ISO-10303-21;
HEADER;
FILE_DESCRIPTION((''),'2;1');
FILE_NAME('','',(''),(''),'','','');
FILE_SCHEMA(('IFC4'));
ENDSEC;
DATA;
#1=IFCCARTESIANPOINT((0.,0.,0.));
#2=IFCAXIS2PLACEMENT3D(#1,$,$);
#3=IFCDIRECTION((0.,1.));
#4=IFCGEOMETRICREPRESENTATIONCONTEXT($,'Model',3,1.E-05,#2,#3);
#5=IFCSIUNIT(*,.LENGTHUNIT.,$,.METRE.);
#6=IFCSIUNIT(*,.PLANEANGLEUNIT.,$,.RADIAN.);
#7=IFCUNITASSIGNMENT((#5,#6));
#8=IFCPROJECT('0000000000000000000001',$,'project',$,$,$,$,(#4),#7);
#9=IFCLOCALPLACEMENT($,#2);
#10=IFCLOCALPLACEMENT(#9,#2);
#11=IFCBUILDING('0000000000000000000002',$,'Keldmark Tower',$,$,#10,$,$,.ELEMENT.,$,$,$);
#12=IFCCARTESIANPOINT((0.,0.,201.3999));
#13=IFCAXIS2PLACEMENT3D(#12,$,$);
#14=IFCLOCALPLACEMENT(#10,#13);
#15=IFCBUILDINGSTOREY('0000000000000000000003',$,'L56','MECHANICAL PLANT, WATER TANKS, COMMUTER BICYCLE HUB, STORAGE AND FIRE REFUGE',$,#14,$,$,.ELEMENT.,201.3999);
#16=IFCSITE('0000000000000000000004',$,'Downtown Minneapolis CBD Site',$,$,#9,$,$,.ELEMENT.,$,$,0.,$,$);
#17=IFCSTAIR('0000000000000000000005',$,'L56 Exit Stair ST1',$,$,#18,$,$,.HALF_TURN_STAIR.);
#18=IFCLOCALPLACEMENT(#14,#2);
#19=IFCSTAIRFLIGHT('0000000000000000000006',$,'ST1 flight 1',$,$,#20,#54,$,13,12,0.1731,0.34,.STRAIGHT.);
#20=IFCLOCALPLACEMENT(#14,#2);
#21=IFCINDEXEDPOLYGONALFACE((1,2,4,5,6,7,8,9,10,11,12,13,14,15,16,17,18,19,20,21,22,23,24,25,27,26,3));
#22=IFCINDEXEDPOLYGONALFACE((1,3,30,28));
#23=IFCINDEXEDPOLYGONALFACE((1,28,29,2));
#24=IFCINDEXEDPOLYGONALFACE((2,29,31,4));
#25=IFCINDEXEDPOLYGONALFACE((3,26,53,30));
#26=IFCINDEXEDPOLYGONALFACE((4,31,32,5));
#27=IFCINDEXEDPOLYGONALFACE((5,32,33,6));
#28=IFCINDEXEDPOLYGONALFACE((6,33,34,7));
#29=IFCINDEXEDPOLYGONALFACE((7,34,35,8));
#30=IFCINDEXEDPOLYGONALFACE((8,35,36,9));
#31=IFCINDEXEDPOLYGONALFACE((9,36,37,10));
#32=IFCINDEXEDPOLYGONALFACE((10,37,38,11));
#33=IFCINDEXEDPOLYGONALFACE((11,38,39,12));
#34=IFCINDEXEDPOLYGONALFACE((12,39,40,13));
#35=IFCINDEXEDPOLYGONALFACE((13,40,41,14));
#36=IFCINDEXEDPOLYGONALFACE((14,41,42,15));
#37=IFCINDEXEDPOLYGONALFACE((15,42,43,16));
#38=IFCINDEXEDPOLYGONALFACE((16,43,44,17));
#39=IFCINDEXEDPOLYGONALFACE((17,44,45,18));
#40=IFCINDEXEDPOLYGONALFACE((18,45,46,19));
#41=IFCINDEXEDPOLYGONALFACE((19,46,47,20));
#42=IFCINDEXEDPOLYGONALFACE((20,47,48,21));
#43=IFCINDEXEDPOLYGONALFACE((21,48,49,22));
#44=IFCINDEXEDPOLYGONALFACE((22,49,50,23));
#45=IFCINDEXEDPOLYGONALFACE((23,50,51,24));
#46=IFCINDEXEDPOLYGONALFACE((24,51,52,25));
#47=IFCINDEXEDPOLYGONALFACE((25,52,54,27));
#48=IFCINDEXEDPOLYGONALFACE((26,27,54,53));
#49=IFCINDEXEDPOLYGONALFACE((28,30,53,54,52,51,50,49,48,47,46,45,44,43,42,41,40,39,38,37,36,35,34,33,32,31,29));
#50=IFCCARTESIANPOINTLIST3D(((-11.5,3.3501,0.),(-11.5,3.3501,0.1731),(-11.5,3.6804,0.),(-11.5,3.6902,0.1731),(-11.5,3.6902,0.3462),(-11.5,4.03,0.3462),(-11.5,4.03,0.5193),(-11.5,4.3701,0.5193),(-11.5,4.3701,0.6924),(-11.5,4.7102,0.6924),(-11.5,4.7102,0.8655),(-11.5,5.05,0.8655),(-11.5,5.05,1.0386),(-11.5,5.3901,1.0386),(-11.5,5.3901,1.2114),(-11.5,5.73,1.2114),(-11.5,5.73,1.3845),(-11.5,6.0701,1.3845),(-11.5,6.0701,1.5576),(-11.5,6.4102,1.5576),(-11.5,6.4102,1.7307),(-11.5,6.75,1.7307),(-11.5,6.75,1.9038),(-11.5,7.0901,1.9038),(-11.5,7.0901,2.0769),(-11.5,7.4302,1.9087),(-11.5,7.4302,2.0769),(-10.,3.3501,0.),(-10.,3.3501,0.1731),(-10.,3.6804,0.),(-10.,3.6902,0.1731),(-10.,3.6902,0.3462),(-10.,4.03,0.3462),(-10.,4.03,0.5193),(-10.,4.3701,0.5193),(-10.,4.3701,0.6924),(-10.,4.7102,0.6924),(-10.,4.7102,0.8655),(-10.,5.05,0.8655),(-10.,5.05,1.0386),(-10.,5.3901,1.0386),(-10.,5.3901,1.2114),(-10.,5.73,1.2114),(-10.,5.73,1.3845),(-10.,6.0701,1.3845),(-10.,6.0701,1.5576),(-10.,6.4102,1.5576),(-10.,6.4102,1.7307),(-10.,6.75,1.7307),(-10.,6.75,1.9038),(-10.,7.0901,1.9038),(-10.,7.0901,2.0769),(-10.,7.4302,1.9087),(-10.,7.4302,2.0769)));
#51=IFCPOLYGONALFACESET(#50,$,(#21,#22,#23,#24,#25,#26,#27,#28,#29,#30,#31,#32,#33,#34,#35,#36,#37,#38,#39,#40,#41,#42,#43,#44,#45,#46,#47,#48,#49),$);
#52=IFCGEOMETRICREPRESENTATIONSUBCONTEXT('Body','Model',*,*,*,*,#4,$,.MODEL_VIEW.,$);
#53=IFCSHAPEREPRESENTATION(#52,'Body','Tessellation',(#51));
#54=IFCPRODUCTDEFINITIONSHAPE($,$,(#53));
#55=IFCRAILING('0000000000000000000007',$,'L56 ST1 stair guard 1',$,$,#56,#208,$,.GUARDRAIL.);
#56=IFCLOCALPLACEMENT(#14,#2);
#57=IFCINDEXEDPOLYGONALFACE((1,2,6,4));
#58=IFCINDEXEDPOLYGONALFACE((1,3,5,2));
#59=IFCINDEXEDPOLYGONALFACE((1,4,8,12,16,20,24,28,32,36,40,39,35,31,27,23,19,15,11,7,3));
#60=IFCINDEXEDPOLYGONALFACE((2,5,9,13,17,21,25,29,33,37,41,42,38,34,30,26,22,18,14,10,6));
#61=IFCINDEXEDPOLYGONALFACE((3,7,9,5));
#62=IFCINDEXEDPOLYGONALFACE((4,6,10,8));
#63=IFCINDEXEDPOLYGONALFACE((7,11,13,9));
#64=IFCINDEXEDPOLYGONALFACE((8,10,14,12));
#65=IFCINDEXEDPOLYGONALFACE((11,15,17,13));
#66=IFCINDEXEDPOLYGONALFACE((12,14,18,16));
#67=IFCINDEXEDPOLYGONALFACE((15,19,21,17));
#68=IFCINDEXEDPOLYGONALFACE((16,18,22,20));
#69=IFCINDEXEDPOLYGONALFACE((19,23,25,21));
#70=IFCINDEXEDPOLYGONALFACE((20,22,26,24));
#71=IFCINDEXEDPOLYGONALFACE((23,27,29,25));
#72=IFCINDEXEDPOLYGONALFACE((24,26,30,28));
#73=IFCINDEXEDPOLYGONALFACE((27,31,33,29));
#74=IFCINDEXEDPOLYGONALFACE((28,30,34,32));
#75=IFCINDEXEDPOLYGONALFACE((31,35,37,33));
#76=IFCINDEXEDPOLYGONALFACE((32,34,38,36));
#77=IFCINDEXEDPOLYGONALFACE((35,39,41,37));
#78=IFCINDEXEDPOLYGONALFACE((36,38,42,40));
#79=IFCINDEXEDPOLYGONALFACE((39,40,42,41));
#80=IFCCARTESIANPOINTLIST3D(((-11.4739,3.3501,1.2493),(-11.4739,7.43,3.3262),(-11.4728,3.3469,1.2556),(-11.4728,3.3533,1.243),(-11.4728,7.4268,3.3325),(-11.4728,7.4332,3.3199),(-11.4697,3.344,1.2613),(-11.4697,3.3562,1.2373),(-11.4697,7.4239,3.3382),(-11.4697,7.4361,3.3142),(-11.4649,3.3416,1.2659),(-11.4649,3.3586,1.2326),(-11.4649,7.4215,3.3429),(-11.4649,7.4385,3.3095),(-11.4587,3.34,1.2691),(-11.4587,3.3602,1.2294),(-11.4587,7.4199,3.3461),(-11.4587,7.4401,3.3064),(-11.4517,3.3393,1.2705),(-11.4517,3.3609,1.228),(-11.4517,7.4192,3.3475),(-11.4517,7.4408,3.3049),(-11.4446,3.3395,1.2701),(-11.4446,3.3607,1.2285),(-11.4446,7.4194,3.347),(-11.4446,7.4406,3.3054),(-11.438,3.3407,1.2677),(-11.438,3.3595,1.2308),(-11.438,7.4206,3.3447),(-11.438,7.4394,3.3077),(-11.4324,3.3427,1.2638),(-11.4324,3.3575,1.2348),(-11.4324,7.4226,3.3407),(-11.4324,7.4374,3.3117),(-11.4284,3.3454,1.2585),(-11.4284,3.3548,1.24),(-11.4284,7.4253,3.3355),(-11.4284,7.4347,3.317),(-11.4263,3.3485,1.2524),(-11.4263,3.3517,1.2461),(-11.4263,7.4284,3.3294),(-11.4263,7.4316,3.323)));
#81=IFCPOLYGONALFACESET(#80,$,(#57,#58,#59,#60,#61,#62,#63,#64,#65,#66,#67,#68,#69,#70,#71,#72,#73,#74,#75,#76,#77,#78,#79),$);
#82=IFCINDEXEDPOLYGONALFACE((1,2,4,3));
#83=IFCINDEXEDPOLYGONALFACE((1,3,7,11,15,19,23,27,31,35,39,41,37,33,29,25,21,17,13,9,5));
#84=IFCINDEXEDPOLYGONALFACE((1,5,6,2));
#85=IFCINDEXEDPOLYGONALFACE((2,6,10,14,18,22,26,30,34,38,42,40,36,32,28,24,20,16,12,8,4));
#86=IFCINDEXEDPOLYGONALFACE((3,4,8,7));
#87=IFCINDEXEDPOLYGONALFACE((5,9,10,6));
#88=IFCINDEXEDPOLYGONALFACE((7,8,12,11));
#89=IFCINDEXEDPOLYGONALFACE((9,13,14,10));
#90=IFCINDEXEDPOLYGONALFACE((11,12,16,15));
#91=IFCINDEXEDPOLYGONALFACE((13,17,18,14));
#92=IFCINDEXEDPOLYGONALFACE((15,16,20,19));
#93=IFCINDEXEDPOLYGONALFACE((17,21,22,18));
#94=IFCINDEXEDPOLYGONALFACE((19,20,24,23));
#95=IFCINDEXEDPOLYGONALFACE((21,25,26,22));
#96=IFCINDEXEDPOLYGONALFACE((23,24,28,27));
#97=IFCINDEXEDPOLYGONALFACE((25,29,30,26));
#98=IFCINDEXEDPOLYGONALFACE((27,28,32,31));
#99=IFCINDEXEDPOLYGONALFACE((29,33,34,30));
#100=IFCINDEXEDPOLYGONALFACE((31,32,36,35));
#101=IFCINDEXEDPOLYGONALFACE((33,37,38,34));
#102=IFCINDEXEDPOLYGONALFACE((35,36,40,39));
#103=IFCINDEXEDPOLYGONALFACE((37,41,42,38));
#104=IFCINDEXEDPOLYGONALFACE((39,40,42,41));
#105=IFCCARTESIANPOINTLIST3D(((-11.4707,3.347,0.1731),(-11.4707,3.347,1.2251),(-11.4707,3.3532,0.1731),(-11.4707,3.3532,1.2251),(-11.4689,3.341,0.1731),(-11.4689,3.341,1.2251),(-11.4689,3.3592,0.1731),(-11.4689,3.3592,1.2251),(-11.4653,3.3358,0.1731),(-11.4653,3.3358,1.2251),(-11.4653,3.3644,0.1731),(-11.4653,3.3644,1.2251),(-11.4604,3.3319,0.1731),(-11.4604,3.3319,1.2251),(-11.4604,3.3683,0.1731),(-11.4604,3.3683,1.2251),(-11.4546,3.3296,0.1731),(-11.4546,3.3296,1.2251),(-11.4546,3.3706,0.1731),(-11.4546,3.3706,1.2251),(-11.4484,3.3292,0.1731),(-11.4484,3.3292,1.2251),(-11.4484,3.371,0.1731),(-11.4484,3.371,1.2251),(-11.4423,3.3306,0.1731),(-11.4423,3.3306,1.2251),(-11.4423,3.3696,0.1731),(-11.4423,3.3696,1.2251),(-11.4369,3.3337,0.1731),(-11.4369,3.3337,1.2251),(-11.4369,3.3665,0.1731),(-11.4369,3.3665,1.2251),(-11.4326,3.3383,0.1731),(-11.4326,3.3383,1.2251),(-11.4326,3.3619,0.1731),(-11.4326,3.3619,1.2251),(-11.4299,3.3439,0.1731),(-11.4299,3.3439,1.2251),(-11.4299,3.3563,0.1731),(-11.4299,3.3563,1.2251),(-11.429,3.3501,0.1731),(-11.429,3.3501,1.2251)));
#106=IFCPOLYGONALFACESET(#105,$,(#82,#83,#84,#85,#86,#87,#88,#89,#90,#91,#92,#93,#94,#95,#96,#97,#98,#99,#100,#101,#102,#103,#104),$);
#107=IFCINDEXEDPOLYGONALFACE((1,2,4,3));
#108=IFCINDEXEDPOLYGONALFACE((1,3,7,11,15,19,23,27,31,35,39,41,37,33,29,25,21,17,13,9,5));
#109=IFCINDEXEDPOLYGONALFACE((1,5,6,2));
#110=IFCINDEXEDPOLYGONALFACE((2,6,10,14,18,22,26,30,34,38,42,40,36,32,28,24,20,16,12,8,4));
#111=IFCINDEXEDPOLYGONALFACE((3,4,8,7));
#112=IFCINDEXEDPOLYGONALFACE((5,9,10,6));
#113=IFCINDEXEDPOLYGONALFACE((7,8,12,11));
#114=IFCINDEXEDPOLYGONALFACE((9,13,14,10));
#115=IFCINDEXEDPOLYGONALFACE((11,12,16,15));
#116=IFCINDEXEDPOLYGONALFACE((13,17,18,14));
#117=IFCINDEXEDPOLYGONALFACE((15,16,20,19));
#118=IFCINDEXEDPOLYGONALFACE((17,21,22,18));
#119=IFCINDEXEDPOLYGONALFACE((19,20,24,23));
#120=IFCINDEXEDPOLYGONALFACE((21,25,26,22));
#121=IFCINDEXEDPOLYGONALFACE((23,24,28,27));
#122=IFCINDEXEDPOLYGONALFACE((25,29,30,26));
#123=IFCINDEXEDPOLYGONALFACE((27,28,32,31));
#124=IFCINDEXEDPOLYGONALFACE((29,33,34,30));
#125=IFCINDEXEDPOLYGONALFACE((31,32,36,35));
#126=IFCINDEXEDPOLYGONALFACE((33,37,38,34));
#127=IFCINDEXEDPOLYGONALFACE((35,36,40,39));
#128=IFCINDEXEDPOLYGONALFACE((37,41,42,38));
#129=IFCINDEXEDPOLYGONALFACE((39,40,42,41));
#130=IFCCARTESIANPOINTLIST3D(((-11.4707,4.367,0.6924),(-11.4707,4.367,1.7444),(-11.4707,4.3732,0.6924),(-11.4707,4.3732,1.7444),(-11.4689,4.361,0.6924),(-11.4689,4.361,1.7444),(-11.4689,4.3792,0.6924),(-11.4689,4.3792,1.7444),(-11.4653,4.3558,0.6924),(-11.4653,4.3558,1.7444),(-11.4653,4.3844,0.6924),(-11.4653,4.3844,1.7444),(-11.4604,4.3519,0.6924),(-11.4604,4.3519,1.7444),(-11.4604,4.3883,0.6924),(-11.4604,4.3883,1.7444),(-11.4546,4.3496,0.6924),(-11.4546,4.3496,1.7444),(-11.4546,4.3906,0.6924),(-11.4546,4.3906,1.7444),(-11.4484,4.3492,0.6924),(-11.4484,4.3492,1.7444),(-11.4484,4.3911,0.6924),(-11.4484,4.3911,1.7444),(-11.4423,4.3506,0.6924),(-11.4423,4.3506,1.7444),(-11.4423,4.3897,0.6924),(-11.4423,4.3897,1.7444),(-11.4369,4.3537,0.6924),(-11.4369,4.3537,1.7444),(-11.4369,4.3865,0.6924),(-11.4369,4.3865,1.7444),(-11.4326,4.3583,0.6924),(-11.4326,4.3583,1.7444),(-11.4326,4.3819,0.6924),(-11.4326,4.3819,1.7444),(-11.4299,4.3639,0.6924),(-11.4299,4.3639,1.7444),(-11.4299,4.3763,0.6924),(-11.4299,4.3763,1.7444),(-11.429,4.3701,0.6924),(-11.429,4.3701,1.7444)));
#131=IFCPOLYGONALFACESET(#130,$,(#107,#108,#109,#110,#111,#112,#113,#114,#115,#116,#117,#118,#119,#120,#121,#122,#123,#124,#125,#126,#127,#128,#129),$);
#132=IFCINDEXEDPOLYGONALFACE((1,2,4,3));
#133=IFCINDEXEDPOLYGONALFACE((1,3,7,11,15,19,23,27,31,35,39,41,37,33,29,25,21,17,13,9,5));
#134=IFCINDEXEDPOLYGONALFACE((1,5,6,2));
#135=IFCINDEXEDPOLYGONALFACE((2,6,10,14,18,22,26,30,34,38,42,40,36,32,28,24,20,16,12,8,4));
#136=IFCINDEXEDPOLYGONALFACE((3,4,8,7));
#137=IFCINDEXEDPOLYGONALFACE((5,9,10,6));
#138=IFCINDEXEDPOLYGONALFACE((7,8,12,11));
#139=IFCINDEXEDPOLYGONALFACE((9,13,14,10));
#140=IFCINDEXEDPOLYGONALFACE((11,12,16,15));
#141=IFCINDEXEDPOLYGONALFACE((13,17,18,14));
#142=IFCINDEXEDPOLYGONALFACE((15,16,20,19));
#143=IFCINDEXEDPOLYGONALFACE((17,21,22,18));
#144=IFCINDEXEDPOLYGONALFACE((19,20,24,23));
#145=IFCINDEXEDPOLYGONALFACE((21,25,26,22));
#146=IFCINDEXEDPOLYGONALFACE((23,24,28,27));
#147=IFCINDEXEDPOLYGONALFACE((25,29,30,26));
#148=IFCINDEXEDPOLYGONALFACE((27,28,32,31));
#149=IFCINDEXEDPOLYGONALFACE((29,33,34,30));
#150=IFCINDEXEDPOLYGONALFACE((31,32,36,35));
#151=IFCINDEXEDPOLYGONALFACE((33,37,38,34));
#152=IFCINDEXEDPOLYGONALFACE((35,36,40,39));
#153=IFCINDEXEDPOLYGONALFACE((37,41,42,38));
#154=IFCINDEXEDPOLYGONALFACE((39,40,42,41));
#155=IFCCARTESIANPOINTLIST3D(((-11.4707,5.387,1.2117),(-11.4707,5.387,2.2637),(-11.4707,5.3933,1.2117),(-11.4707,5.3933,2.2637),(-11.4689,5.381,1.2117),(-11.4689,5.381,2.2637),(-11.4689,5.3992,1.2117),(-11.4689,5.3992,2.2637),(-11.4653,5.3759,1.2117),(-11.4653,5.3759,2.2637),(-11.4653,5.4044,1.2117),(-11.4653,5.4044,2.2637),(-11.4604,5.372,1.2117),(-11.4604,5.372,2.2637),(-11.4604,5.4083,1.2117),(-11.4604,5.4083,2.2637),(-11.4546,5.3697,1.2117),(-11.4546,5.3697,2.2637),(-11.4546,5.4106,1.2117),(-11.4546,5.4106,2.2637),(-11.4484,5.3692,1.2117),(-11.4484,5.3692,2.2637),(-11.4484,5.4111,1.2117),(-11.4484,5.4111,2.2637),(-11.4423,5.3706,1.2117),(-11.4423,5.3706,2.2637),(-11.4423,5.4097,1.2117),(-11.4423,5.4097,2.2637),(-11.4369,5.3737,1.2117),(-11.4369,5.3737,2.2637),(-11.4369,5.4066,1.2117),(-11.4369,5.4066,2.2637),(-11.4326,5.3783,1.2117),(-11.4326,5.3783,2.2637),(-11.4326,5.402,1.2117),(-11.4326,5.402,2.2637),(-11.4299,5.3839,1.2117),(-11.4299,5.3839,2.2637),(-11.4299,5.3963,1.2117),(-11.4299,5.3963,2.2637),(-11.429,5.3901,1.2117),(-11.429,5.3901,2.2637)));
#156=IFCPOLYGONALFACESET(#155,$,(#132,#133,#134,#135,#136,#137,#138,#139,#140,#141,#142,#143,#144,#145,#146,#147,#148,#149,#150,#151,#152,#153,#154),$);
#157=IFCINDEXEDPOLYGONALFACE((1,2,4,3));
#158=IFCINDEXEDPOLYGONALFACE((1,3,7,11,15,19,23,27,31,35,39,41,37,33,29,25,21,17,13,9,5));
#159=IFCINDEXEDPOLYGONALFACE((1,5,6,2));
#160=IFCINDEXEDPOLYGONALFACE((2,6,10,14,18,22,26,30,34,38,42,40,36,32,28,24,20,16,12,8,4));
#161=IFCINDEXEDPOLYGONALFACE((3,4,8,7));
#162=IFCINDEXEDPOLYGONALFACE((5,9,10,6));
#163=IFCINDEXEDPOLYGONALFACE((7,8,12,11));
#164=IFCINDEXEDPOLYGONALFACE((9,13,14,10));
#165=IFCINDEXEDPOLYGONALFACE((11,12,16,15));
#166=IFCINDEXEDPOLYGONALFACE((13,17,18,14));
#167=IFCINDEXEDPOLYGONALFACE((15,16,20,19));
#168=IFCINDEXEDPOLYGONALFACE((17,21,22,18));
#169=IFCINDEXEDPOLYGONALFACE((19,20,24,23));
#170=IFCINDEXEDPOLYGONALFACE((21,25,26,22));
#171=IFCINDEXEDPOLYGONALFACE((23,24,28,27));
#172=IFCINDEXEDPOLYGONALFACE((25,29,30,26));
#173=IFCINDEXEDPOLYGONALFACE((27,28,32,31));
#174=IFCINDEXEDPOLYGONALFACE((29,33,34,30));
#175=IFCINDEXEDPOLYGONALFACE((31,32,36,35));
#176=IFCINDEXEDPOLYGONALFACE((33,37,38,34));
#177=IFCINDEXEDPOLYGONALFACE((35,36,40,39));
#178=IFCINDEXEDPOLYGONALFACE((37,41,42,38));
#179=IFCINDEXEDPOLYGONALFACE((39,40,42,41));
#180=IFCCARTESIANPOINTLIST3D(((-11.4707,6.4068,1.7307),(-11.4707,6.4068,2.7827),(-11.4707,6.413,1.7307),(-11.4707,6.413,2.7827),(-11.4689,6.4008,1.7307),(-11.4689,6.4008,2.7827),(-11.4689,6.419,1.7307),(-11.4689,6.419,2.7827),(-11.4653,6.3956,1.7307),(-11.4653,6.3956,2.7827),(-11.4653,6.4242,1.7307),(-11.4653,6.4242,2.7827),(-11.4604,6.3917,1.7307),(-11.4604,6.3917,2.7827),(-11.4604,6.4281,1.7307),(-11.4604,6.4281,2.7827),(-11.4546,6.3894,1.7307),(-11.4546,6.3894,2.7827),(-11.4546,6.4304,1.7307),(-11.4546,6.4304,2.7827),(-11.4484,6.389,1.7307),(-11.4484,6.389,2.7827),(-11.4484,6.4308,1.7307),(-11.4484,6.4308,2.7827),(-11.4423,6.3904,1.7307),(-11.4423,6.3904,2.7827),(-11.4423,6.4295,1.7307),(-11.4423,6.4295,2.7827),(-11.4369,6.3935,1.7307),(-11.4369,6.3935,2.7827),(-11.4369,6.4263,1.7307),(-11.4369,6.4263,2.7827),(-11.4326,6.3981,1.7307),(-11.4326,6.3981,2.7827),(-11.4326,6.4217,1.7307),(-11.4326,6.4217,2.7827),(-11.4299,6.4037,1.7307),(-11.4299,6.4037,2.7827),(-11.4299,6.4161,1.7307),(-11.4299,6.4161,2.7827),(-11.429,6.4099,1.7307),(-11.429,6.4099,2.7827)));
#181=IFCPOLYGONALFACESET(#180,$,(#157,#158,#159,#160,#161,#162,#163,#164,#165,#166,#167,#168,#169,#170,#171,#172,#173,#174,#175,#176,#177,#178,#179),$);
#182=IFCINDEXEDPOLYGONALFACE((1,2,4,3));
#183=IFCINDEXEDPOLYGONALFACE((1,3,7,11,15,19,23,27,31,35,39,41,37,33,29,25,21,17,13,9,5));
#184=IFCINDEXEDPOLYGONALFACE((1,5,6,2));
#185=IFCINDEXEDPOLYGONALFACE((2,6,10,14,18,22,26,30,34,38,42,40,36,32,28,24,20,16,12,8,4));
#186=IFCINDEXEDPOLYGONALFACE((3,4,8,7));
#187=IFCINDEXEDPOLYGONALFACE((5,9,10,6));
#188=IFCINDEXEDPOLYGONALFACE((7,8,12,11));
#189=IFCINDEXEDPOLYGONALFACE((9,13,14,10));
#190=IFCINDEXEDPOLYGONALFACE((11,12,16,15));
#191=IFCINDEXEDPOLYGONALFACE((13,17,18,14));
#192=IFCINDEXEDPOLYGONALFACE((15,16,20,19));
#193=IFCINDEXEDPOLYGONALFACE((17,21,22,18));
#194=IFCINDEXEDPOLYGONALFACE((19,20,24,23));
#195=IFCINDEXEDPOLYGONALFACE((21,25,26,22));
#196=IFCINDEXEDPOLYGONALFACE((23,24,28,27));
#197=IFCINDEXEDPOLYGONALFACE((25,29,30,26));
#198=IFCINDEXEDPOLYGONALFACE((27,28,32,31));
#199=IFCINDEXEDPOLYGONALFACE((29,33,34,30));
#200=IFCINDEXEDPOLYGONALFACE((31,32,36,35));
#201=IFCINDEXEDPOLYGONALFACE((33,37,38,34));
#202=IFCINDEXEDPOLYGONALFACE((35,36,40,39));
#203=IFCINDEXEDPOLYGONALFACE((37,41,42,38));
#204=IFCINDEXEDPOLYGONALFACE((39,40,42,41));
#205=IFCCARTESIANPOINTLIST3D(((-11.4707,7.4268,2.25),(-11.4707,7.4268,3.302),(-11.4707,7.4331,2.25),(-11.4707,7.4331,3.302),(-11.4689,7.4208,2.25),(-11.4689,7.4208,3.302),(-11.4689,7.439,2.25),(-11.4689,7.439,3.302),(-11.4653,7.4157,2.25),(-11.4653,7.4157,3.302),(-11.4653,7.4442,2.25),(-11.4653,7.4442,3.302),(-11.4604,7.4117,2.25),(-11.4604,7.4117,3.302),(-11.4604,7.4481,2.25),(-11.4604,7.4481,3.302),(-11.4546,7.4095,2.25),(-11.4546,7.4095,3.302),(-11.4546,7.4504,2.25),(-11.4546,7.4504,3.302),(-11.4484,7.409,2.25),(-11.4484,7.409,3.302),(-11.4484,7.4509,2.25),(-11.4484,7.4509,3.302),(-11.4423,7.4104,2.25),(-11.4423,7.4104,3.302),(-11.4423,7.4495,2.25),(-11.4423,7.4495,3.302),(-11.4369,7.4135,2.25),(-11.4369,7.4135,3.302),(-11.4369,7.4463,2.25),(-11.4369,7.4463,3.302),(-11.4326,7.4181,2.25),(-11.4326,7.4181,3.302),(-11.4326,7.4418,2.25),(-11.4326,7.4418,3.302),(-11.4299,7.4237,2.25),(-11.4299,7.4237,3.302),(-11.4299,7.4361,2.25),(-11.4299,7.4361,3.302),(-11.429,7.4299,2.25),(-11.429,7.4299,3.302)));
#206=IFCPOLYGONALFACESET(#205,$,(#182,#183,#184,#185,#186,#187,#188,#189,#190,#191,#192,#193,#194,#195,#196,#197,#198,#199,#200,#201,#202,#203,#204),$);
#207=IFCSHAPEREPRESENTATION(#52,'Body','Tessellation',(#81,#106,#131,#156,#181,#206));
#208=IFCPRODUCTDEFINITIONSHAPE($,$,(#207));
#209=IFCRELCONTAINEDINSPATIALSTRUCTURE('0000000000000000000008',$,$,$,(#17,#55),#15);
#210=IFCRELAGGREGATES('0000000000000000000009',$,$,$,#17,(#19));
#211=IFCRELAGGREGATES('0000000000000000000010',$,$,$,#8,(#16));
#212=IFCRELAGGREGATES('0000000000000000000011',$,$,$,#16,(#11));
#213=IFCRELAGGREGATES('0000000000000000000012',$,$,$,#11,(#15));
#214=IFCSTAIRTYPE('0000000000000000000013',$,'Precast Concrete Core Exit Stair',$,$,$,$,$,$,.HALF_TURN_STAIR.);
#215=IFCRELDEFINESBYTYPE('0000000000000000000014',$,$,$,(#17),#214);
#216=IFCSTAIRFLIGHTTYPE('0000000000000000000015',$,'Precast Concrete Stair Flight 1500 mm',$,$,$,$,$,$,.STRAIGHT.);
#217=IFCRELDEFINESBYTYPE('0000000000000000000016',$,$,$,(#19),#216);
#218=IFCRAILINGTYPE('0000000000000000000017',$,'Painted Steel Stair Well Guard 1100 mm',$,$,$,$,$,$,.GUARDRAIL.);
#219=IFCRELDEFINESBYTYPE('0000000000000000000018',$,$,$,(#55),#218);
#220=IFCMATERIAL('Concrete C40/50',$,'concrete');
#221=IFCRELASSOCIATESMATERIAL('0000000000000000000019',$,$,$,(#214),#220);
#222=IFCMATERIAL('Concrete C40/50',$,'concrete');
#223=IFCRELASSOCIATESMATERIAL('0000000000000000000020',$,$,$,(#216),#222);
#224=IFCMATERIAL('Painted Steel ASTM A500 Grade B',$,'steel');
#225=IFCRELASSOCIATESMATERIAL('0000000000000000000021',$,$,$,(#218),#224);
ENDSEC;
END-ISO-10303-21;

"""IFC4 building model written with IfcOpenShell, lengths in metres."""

from ifc_helpers import new_model, si_unit, direction, frame, origin, origin_2d, place, context, subcontext, project, spatial, polyline, circle, outline, extrude, material, type_object, element, aggregate, save


model = new_model("IFC4")

# Units and contexts
model_context = context("Model", 3, precision=1e-05, world=origin(), true_north=direction((0.0, 1.0)))
body_context = subcontext(model_context, "Body", "Model", "MODEL_VIEW")
ifc_project = project(units=[si_unit("LENGTHUNIT", "METRE"), si_unit("PLANEANGLEUNIT", "RADIAN")], contexts=[model_context])

# Site, building, storey
site_placement = place(None, origin())
site = spatial("IfcSite", under=ifc_project, at=site_placement, Name="Downtown Minneapolis CBD Site", CompositionType="ELEMENT", RefElevation=0.0)
building_placement = place(site_placement, origin())
building = spatial("IfcBuilding", under=site, at=building_placement, Name="Keldmark Tower", CompositionType="ELEMENT")
storey_placement = place(building_placement, frame((0.0, 0.0, 201.3999)))
storey = spatial("IfcBuildingStorey", under=building, at=storey_placement, Name="L56", Description="MECHANICAL PLANT, WATER TANKS, COMMUTER BICYCLE HUB, STORAGE AND FIRE REFUGE", CompositionType="ELEMENT", Elevation=201.3999)

# Stair, stair flight
ifc_material_1 = material(Name="Concrete C40/50", Category="concrete")
stair_type = type_object("IfcStairType", Name="Precast Concrete Core Exit Stair", PredefinedType="HALF_TURN_STAIR", material=ifc_material_1)
stair_placement = place(storey_placement, origin())
stair = element("IfcStair", 1, at=stair_placement, inside=storey, type_object=stair_type, Name="L56 Exit Stair ST1", PredefinedType="HALF_TURN_STAIR")
ifc_material_2 = material(Name="Concrete C40/50", Category="concrete")
stair_flight_type = type_object("IfcStairFlightType", Name="Precast Concrete Stair Flight 1500 mm", PredefinedType="STRAIGHT", material=ifc_material_2)
stair_flight_placement = place(storey_placement, frame((-10.75, 3.3501, 0.0), z_axis=(0.0, 0.0, 1.0), x_axis=(0.0, 1.0, 0.0)))
stair_flight = element("IfcStairFlight", 2, at=stair_flight_placement, type_object=stair_flight_type, Name="ST1 flight 1", NumberOfRisers=13, NumberOfTreads=12, PredefinedType="STRAIGHT", RiserHeight=0.1731, TreadLength=0.34, context=body_context, shape_type="SweptSolid", body=[
    extrude(outline(polyline([(0.0, 0.0), (0.0, 0.1731), (0.3401, 0.1731), (0.3401, 0.3462), (0.6799, 0.3462), (0.6799, 0.5193), (1.02, 0.5193), (1.02, 0.6924), (1.3601, 0.6924), (1.3601, 0.8655), (1.7, 0.8655), (1.7, 1.0386), (2.04, 1.0386), (2.04, 1.2114), (2.3799, 1.2114), (2.3799, 1.3845), (2.72, 1.3845), (2.72, 1.5576), (3.0601, 1.5576), (3.0601, 1.7307), (3.3999, 1.7307), (3.3999, 1.9038), (3.74, 1.9038), (3.74, 2.0769), (4.0801, 2.0769), (4.0801, 2.25), (4.0801, 1.9087), (0.3303, 0.0), (0.0, 0.0)])), frame((0.0, 0.75, 0.0), z_axis=(0.0, -1.0, 0.0), x_axis=(1.0, 0.0, 0.0)), (0.0, 0.0, 1.0), 1.5),
])
aggregate(stair, [stair_flight])

# Railing
ifc_material_3 = material(Name="Painted Steel ASTM A500 Grade B", Category="steel")
railing_type_1 = type_object("IfcRailingType", Name="Painted Steel Stair Well Guard 1100 mm", PredefinedType="GUARDRAIL", material=ifc_material_3)
railing_1_placement = place(storey_placement, frame((-11.45, 3.3501, 0.1731)))
element("IfcRailing", 3, at=railing_1_placement, inside=storey, type_object=railing_type_1, Name="L56 ST1 stair guard 1", PredefinedType="GUARDRAIL", context=body_context, shape_type="SweptSolid", body=[
    extrude(circle(Radius=0.0239, at=origin_2d()), frame((0.0, 0.0, 1.0762), z_axis=(0.0, 0.891172, 0.453665), x_axis=(-1.0, 0.0, 0.0)), (0.0, 0.0, 1.0), 4.5781),
    extrude(circle(Radius=0.021, at=origin_2d()), origin(), (0.0, 0.0, 1.0), 1.052),
    extrude(circle(Radius=0.021, at=origin_2d()), frame((0.0, 1.02, 0.5193)), (0.0, 0.0, 1.0), 1.052),
    extrude(circle(Radius=0.021, at=origin_2d()), frame((0.0, 2.04, 1.0386)), (0.0, 0.0, 1.0), 1.052),
    extrude(circle(Radius=0.021, at=origin_2d()), frame((0.0, 3.0598, 1.5576)), (0.0, 0.0, 1.0), 1.052),
    extrude(circle(Radius=0.021, at=origin_2d()), frame((0.0, 4.0798, 2.0769)), (0.0, 0.0, 1.0), 1.052),
])

save(model, "model.ifc")
